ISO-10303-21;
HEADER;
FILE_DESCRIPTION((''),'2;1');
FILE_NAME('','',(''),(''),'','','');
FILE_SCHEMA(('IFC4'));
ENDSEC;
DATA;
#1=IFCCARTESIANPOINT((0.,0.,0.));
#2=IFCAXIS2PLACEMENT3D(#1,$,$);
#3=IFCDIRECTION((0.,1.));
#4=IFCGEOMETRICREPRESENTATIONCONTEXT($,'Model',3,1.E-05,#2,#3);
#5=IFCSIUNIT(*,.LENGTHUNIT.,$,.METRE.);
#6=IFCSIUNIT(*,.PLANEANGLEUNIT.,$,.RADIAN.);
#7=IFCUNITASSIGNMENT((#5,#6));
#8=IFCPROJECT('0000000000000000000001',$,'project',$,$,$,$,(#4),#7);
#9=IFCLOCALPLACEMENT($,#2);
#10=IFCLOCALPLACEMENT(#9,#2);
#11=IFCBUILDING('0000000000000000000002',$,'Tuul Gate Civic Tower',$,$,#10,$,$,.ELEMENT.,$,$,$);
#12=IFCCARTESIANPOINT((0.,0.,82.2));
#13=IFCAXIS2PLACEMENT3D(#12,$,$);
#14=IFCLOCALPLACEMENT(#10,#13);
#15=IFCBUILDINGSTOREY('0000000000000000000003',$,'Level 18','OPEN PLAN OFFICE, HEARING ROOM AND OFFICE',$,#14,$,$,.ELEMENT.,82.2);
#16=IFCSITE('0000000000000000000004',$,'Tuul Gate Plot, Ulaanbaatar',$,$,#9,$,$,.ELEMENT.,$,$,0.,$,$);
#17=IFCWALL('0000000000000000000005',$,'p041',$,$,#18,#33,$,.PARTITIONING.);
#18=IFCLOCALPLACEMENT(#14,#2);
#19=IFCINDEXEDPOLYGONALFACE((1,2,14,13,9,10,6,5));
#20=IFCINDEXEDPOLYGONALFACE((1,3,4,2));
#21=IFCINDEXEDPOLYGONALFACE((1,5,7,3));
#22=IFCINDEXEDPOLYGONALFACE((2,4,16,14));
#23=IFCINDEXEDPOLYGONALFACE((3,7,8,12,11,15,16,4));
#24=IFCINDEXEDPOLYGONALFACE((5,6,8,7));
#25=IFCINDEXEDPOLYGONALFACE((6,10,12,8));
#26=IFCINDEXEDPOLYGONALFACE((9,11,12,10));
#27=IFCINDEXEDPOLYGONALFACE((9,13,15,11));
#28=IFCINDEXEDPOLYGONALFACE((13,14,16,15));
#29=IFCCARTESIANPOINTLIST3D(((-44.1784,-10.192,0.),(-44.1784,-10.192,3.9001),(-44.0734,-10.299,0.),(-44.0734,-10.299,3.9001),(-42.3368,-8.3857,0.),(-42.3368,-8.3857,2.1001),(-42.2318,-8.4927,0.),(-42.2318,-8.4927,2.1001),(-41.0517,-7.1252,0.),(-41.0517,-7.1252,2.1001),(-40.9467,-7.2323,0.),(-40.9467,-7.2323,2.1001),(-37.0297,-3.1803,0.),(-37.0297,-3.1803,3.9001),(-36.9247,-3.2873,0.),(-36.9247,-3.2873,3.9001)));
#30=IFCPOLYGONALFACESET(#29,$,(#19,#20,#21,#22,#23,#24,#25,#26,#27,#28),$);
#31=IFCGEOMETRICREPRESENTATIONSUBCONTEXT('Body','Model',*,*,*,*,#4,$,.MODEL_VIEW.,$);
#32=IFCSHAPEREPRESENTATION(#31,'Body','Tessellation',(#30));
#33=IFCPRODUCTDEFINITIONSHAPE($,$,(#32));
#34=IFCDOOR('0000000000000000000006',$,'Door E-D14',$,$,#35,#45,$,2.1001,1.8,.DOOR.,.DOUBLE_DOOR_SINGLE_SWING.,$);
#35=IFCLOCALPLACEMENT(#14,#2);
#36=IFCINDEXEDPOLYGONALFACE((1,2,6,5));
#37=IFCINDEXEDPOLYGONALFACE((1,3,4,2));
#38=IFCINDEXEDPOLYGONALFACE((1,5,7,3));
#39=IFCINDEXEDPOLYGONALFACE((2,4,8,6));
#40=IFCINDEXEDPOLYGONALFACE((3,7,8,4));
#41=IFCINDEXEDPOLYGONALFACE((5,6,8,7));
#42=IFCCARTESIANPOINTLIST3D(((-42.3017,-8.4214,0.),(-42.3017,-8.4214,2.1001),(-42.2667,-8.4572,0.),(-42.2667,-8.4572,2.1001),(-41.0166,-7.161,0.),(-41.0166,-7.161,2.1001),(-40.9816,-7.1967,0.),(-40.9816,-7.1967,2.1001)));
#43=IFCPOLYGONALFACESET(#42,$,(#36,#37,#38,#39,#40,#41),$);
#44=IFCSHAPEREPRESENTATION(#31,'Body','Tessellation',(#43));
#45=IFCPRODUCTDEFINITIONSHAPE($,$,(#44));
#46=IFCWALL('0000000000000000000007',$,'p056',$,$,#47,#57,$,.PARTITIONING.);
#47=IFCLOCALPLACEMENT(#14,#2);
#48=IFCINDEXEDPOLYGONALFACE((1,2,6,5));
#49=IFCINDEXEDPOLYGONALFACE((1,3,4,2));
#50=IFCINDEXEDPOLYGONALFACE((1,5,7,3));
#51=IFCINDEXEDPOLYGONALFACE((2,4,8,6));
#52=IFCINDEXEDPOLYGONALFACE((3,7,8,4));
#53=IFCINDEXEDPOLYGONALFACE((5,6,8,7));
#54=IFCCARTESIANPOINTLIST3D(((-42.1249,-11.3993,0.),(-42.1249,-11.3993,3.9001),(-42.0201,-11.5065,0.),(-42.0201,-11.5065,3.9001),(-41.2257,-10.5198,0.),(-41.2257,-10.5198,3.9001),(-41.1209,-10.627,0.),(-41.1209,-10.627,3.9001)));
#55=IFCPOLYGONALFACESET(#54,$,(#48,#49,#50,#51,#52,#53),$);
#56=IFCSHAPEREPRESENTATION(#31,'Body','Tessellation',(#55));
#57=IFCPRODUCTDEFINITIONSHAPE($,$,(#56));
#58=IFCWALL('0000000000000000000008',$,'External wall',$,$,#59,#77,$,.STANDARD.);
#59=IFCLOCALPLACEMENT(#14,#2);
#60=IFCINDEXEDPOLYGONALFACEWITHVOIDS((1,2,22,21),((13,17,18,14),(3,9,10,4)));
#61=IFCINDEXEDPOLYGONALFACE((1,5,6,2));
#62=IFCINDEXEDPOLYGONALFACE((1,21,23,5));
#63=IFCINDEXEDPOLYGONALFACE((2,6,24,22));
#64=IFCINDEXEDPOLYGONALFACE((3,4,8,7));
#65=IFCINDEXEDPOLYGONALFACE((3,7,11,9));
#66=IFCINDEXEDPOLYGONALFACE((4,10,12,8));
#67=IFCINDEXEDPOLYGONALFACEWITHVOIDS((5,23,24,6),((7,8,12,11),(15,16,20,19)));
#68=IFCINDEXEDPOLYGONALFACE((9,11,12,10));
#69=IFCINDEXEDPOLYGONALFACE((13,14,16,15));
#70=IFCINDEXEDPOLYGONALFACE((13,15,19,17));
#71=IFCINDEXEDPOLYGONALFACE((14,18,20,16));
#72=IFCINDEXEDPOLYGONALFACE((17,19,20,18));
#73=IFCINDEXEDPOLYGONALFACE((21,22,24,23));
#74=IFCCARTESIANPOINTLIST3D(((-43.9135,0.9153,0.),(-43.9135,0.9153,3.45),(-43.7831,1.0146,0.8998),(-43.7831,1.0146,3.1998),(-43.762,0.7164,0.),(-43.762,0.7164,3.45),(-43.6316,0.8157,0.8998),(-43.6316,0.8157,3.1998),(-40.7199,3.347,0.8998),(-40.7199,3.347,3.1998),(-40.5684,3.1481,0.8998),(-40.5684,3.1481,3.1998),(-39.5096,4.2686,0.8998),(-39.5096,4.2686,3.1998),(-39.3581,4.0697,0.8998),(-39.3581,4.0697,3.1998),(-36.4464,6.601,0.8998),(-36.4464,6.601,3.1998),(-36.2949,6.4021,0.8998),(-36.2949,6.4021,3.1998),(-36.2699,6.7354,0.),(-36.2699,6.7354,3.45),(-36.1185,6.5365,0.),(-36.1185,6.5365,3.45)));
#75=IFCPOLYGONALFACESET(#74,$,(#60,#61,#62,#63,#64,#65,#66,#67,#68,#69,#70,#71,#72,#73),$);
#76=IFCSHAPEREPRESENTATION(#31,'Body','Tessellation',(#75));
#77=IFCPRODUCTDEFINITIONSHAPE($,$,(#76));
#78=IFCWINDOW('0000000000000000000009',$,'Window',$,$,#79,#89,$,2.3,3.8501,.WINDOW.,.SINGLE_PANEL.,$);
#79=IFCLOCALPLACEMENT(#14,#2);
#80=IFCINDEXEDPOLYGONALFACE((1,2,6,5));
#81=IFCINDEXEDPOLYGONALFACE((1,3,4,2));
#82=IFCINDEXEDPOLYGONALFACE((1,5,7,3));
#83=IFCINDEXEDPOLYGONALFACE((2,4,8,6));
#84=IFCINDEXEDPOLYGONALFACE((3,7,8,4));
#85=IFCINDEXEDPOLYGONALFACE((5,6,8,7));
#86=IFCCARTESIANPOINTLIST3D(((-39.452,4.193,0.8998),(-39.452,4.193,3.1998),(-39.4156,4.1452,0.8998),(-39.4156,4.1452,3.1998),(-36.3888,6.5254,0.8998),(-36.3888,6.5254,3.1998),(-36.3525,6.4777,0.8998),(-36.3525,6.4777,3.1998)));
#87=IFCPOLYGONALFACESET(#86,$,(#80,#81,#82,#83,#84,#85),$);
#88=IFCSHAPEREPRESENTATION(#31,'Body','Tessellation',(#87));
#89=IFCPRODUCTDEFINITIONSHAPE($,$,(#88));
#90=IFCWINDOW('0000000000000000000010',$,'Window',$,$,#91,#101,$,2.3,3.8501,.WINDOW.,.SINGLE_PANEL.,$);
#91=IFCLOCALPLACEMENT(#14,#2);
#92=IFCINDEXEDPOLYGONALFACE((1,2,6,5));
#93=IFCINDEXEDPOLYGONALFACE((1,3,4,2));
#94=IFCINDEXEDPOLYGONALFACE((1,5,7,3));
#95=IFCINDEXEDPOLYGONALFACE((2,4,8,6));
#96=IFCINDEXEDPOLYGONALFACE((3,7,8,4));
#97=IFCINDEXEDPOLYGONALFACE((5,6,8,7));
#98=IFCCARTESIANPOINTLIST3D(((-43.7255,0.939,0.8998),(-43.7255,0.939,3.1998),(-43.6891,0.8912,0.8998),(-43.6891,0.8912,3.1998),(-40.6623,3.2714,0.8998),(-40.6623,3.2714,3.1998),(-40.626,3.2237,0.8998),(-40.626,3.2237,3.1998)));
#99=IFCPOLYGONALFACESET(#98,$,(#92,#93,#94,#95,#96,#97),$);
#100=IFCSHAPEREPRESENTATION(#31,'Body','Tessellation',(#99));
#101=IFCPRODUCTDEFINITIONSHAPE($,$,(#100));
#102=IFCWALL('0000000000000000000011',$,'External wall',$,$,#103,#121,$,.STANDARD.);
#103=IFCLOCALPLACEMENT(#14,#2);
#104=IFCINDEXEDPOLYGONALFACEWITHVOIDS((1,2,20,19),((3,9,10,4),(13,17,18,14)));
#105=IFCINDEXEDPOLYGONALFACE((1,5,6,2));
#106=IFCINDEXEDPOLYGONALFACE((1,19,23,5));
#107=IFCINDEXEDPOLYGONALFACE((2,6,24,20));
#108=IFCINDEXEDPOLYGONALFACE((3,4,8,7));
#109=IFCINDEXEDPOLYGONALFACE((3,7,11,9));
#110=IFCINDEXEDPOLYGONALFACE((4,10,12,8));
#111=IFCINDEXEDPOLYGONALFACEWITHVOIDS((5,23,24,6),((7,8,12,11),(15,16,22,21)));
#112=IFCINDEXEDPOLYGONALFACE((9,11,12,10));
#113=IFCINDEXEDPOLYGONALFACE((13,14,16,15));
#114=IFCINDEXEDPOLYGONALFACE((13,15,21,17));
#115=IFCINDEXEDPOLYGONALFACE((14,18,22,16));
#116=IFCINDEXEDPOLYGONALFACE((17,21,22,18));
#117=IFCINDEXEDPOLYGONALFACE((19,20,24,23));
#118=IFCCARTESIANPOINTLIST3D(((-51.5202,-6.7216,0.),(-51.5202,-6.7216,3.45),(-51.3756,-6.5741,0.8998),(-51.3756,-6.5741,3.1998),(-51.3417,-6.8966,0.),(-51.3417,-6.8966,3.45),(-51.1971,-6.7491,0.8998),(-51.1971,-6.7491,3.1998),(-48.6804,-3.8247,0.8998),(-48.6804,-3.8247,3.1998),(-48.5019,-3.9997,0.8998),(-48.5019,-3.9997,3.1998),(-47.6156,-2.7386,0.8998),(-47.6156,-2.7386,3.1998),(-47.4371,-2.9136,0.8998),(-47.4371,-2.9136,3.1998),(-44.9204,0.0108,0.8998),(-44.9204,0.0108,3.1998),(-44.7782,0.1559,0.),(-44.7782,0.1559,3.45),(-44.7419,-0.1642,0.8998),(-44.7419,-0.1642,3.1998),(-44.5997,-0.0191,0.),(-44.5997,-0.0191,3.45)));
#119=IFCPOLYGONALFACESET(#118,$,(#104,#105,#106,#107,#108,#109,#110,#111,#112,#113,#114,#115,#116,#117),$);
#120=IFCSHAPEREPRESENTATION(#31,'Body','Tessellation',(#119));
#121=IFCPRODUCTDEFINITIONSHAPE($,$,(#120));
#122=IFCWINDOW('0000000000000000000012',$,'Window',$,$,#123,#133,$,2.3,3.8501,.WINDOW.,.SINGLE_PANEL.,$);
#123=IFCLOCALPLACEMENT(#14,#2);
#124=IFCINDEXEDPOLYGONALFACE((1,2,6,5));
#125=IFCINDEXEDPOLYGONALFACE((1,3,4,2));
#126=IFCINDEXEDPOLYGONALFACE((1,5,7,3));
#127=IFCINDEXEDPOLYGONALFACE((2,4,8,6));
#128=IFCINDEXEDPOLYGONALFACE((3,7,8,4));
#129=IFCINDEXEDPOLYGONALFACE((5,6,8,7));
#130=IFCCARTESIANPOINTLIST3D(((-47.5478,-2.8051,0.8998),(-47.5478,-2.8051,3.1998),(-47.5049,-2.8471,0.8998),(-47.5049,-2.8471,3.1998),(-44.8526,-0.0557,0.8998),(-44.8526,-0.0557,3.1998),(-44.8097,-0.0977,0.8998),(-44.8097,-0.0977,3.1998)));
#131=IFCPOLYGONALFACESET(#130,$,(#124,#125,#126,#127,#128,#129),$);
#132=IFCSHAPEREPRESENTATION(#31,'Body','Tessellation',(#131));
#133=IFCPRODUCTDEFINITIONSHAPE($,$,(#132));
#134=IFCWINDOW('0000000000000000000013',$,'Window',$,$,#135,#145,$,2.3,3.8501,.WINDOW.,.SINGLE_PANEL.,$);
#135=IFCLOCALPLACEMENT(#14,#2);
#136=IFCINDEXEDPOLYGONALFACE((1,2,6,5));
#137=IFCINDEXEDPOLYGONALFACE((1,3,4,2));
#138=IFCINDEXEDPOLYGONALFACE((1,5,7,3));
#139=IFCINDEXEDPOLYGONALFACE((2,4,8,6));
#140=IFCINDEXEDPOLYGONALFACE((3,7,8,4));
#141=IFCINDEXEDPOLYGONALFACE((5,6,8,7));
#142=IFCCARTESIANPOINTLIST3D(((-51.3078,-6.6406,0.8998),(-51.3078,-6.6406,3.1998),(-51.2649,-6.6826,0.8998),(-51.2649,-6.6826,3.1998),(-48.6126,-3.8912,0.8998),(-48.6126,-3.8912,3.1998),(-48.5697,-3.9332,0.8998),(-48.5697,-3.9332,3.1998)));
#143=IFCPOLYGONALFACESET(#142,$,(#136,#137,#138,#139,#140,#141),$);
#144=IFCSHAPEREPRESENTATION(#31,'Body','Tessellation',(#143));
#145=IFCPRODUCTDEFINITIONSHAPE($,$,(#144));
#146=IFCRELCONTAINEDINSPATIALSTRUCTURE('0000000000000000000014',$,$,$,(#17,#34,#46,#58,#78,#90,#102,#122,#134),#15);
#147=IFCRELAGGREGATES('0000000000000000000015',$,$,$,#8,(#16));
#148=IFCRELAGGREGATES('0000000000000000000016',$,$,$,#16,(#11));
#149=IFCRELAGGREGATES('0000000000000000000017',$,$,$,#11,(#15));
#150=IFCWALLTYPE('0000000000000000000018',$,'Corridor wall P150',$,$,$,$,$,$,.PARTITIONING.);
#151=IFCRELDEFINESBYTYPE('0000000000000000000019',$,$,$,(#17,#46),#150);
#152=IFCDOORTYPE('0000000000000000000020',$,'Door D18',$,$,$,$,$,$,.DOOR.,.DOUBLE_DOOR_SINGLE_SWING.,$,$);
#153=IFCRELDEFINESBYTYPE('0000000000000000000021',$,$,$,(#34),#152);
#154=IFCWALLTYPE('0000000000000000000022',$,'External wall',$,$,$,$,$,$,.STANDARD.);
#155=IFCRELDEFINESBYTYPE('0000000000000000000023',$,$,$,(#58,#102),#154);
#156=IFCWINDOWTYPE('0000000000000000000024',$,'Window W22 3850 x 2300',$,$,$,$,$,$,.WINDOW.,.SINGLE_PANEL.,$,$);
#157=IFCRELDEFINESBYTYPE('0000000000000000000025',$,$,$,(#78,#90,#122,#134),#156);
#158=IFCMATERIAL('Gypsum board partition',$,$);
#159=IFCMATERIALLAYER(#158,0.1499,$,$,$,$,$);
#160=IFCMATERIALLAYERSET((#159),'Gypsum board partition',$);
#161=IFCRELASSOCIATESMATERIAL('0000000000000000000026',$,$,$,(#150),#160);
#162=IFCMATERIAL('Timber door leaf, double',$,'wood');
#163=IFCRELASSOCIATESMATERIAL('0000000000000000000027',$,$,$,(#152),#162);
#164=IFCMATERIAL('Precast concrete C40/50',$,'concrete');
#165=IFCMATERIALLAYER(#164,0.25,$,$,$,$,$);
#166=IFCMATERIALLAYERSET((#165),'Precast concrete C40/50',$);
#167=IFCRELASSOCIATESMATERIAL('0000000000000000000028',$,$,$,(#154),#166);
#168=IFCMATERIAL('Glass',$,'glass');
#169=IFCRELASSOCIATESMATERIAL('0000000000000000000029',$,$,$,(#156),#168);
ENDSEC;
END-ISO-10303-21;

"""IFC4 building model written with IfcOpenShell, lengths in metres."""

from ifc_helpers import new_model, si_unit, direction, frame, frame_2d, origin, place, context, subcontext, project, spatial, rectangle, extrude, material, layer, layer_set, type_object, element, fill, save


model = new_model("IFC4")

# Units and contexts
model_context = context("Model", 3, precision=1e-05, world=origin(), true_north=direction((0.0, 1.0)))
body_context = subcontext(model_context, "Body", "Model", "MODEL_VIEW")
ifc_project = project(units=[si_unit("LENGTHUNIT", "METRE"), si_unit("PLANEANGLEUNIT", "RADIAN")], contexts=[model_context])

# Site, building, storey
site_placement = place(None, origin())
site = spatial("IfcSite", under=ifc_project, at=site_placement, Name="Tuul Gate Plot, Ulaanbaatar", CompositionType="ELEMENT", RefElevation=0.0)
building_placement = place(site_placement, origin())
building = spatial("IfcBuilding", under=site, at=building_placement, Name="Tuul Gate Civic Tower", CompositionType="ELEMENT")
storey_placement = place(building_placement, frame((0.0, 0.0, 82.2)))
storey = spatial("IfcBuildingStorey", under=building, at=storey_placement, Name="Level 18", Description="OPEN PLAN OFFICE, HEARING ROOM AND OFFICE", CompositionType="ELEMENT", Elevation=82.2)

# Wall, opening, door
ifc_material_1 = material(Name="Gypsum board partition")
ifc_layer_1 = layer(ifc_material_1, 0.1499)
ifc_layer_set_1 = layer_set([ifc_layer_1], Name="Gypsum board partition")
wall_type_1 = type_object("IfcWallType", Name="Corridor wall P150", PredefinedType="PARTITIONING", material=ifc_layer_set_1)
wall_1_placement = place(storey_placement, frame((-44.126, -10.2456, 0.0), z_axis=(0.0, 0.0, 1.0), x_axis=(0.713913, 0.700235, 0.0)))
wall_1 = element("IfcWall", 1, at=wall_1_placement, inside=storey, type_object=wall_type_1, Name="p041", PredefinedType="PARTITIONING", context=body_context, shape_type="SweptSolid", body=[
    extrude(rectangle(XDim=10.0134, YDim=0.1499, at=frame_2d((5.0068, 0.0))), origin(), (0.0, 0.0, 1.0), 3.9001),
])
opening_1_placement = place(wall_1_placement, frame((2.5798, 0.0, 0.0)))
opening_1 = element("IfcOpeningElement", 2, at=opening_1_placement, cuts=wall_1, PredefinedType="OPENING", context=body_context, shape_type="SweptSolid", body=[
    extrude(rectangle(XDim=1.8, YDim=2.1001, at=frame_2d((0.8999, 1.05))), frame((0.0, 0.085, 0.0), z_axis=(0.0, -1.0, 0.0), x_axis=(1.0, 0.0, 0.0)), (0.0, 0.0, 1.0), 0.1699),
])
ifc_material_2 = material(Name="Timber door leaf, double", Category="wood")
door_type_1 = type_object("IfcDoorType", Name="Door D18", OperationType="DOUBLE_DOOR_SINGLE_SWING", PredefinedType="DOOR", material=ifc_material_2)
door_1_placement = place(opening_1_placement, origin())
door_1 = element("IfcDoor", 3, at=door_1_placement, inside=storey, type_object=door_type_1, Name="Door E-D14", OperationType="DOUBLE_DOOR_SINGLE_SWING", OverallHeight=2.1001, OverallWidth=1.8, PredefinedType="DOOR", context=body_context, shape_type="SweptSolid", body=[
    extrude(rectangle(XDim=1.8, YDim=2.1001, at=frame_2d((0.8999, 1.05))), frame((0.0, 0.0249, 0.0), z_axis=(0.0, -1.0, 0.0), x_axis=(1.0, 0.0, 0.0)), (0.0, 0.0, 1.0), 0.05),
])
fill(opening_1, door_1)

# Wall
wall_2_placement = place(storey_placement, frame((-42.0725, -11.4529, 0.0), z_axis=(0.0, 0.0, 1.0), x_axis=(0.714925, 0.699201, 0.0)))
element("IfcWall", 4, at=wall_2_placement, inside=storey, type_object=wall_type_1, Name="p056", PredefinedType="PARTITIONING", context=body_context, shape_type="SweptSolid", body=[
    extrude(rectangle(XDim=1.2578, YDim=0.1499, at=frame_2d((0.6289, 0.0))), origin(), (0.0, 0.0, 1.0), 3.9001),
])

# Walls, openings, windows
ifc_material_3 = material(Name="Precast concrete C40/50", Category="concrete")
ifc_layer_2 = layer(ifc_material_3, 0.25)
ifc_layer_set_2 = layer_set([ifc_layer_2], Name="Precast concrete C40/50")
wall_type_2 = type_object("IfcWallType", Name="External wall", PredefinedType="STANDARD", material=ifc_layer_set_2)
wall_3_placement = place(storey_placement, frame((-36.1941, 6.636, 0.0), z_axis=(0.0, 0.0, 1.0), x_axis=(-0.795612, -0.605807, 0.0)))
wall_3 = element("IfcWall", 5, at=wall_3_placement, inside=storey, type_object=wall_type_2, Name="External wall", PredefinedType="STANDARD", context=body_context, shape_type="SweptSolid", body=[
    extrude(rectangle(XDim=9.6072, YDim=0.25, at=frame_2d((4.8037, 0.0))), origin(), (0.0, 0.0, 1.0), 3.45),
])
opening_2_placement = place(wall_3_placement, frame((0.2219, 0.0, 0.8999)))
opening_2 = element("IfcOpeningElement", 6, at=opening_2_placement, cuts=wall_3, PredefinedType="OPENING", context=body_context, shape_type="SweptSolid", body=[
    extrude(rectangle(XDim=3.8501, YDim=2.3, at=frame_2d((1.925, 1.1499))), frame((0.0, 0.135, 0.0), z_axis=(0.0, -1.0, 0.0), x_axis=(1.0, 0.0, 0.0)), (0.0, 0.0, 1.0), 0.27),
])
opening_3_placement = place(wall_3_placement, frame((5.5933, 0.0, 0.8999)))
opening_3 = element("IfcOpeningElement", 7, at=opening_3_placement, cuts=wall_3, PredefinedType="OPENING", context=body_context, shape_type="SweptSolid", body=[
    extrude(rectangle(XDim=3.8501, YDim=2.3, at=frame_2d((1.925, 1.1499))), frame((0.0, 0.135, 0.0), z_axis=(0.0, -1.0, 0.0), x_axis=(1.0, 0.0, 0.0)), (0.0, 0.0, 1.0), 0.27),
])
ifc_material_4 = material(Name="Glass", Category="glass")
window_type_1 = type_object("IfcWindowType", Name="Window W22 3850 x 2300", PartitioningType="SINGLE_PANEL", PredefinedType="WINDOW", material=ifc_material_4)
window_1_placement = place(opening_2_placement, origin())
window_1 = element("IfcWindow", 8, at=window_1_placement, inside=storey, type_object=window_type_1, Name="Window", OverallHeight=2.3, OverallWidth=3.8501, PartitioningType="SINGLE_PANEL", PredefinedType="WINDOW", context=body_context, shape_type="SweptSolid", body=[
    extrude(rectangle(XDim=3.8501, YDim=2.3, at=frame_2d((1.925, 1.1499))), frame((0.0, 0.03, 0.0), z_axis=(0.0, -1.0, 0.0), x_axis=(1.0, 0.0, 0.0)), (0.0, 0.0, 1.0), 0.0601),
])
fill(opening_2, window_1)
window_2_placement = place(opening_3_placement, origin())
window_2 = element("IfcWindow", 9, at=window_2_placement, inside=storey, type_object=window_type_1, Name="Window", OverallHeight=2.3, OverallWidth=3.8501, PartitioningType="SINGLE_PANEL", PredefinedType="WINDOW", context=body_context, shape_type="SweptSolid", body=[
    extrude(rectangle(XDim=3.8501, YDim=2.3, at=frame_2d((1.925, 1.1499))), frame((0.0, 0.03, 0.0), z_axis=(0.0, -1.0, 0.0), x_axis=(1.0, 0.0, 0.0)), (0.0, 0.0, 1.0), 0.0601),
])
fill(opening_3, window_2)
wall_4_placement = place(storey_placement, frame((-44.689, 0.0684, 0.0), z_axis=(0.0, 0.0, 1.0), x_axis=(-0.700037, -0.714106, 0.0)))
wall_4 = element("IfcWall", 10, at=wall_4_placement, inside=storey, type_object=wall_type_2, Name="External wall", PredefinedType="STANDARD", context=body_context, shape_type="SweptSolid", body=[
    extrude(rectangle(XDim=9.6309, YDim=0.25, at=frame_2d((4.8154, 0.0))), origin(), (0.0, 0.0, 1.0), 3.45),
])
opening_4_placement = place(wall_4_placement, frame((0.2031, 0.0, 0.8999)))
opening_4 = element("IfcOpeningElement", 11, at=opening_4_placement, cuts=wall_4, PredefinedType="OPENING", context=body_context, shape_type="SweptSolid", body=[
    extrude(rectangle(XDim=3.8501, YDim=2.3, at=frame_2d((1.925, 1.1499))), frame((0.0, 0.135, 0.0), z_axis=(0.0, -1.0, 0.0), x_axis=(1.0, 0.0, 0.0)), (0.0, 0.0, 1.0), 0.27),
])
opening_5_placement = place(wall_4_placement, frame((5.5742, 0.0, 0.8999)))
opening_5 = element("IfcOpeningElement", 12, at=opening_5_placement, cuts=wall_4, PredefinedType="OPENING", context=body_context, shape_type="SweptSolid", body=[
    extrude(rectangle(XDim=3.8501, YDim=2.3, at=frame_2d((1.925, 1.1499))), frame((0.0, 0.135, 0.0), z_axis=(0.0, -1.0, 0.0), x_axis=(1.0, 0.0, 0.0)), (0.0, 0.0, 1.0), 0.27),
])
window_3_placement = place(opening_4_placement, origin())
window_3 = element("IfcWindow", 13, at=window_3_placement, inside=storey, type_object=window_type_1, Name="Window", OverallHeight=2.3, OverallWidth=3.8501, PartitioningType="SINGLE_PANEL", PredefinedType="WINDOW", context=body_context, shape_type="SweptSolid", body=[
    extrude(rectangle(XDim=3.8501, YDim=2.3, at=frame_2d((1.925, 1.1499))), frame((0.0, 0.03, 0.0), z_axis=(0.0, -1.0, 0.0), x_axis=(1.0, 0.0, 0.0)), (0.0, 0.0, 1.0), 0.0601),
])
fill(opening_4, window_3)
window_4_placement = place(opening_5_placement, origin())
window_4 = element("IfcWindow", 14, at=window_4_placement, inside=storey, type_object=window_type_1, Name="Window", OverallHeight=2.3, OverallWidth=3.8501, PartitioningType="SINGLE_PANEL", PredefinedType="WINDOW", context=body_context, shape_type="SweptSolid", body=[
    extrude(rectangle(XDim=3.8501, YDim=2.3, at=frame_2d((1.925, 1.1499))), frame((0.0, 0.03, 0.0), z_axis=(0.0, -1.0, 0.0), x_axis=(1.0, 0.0, 0.0)), (0.0, 0.0, 1.0), 0.0601),
])
fill(opening_5, window_4)

save(model, "model.ifc")
